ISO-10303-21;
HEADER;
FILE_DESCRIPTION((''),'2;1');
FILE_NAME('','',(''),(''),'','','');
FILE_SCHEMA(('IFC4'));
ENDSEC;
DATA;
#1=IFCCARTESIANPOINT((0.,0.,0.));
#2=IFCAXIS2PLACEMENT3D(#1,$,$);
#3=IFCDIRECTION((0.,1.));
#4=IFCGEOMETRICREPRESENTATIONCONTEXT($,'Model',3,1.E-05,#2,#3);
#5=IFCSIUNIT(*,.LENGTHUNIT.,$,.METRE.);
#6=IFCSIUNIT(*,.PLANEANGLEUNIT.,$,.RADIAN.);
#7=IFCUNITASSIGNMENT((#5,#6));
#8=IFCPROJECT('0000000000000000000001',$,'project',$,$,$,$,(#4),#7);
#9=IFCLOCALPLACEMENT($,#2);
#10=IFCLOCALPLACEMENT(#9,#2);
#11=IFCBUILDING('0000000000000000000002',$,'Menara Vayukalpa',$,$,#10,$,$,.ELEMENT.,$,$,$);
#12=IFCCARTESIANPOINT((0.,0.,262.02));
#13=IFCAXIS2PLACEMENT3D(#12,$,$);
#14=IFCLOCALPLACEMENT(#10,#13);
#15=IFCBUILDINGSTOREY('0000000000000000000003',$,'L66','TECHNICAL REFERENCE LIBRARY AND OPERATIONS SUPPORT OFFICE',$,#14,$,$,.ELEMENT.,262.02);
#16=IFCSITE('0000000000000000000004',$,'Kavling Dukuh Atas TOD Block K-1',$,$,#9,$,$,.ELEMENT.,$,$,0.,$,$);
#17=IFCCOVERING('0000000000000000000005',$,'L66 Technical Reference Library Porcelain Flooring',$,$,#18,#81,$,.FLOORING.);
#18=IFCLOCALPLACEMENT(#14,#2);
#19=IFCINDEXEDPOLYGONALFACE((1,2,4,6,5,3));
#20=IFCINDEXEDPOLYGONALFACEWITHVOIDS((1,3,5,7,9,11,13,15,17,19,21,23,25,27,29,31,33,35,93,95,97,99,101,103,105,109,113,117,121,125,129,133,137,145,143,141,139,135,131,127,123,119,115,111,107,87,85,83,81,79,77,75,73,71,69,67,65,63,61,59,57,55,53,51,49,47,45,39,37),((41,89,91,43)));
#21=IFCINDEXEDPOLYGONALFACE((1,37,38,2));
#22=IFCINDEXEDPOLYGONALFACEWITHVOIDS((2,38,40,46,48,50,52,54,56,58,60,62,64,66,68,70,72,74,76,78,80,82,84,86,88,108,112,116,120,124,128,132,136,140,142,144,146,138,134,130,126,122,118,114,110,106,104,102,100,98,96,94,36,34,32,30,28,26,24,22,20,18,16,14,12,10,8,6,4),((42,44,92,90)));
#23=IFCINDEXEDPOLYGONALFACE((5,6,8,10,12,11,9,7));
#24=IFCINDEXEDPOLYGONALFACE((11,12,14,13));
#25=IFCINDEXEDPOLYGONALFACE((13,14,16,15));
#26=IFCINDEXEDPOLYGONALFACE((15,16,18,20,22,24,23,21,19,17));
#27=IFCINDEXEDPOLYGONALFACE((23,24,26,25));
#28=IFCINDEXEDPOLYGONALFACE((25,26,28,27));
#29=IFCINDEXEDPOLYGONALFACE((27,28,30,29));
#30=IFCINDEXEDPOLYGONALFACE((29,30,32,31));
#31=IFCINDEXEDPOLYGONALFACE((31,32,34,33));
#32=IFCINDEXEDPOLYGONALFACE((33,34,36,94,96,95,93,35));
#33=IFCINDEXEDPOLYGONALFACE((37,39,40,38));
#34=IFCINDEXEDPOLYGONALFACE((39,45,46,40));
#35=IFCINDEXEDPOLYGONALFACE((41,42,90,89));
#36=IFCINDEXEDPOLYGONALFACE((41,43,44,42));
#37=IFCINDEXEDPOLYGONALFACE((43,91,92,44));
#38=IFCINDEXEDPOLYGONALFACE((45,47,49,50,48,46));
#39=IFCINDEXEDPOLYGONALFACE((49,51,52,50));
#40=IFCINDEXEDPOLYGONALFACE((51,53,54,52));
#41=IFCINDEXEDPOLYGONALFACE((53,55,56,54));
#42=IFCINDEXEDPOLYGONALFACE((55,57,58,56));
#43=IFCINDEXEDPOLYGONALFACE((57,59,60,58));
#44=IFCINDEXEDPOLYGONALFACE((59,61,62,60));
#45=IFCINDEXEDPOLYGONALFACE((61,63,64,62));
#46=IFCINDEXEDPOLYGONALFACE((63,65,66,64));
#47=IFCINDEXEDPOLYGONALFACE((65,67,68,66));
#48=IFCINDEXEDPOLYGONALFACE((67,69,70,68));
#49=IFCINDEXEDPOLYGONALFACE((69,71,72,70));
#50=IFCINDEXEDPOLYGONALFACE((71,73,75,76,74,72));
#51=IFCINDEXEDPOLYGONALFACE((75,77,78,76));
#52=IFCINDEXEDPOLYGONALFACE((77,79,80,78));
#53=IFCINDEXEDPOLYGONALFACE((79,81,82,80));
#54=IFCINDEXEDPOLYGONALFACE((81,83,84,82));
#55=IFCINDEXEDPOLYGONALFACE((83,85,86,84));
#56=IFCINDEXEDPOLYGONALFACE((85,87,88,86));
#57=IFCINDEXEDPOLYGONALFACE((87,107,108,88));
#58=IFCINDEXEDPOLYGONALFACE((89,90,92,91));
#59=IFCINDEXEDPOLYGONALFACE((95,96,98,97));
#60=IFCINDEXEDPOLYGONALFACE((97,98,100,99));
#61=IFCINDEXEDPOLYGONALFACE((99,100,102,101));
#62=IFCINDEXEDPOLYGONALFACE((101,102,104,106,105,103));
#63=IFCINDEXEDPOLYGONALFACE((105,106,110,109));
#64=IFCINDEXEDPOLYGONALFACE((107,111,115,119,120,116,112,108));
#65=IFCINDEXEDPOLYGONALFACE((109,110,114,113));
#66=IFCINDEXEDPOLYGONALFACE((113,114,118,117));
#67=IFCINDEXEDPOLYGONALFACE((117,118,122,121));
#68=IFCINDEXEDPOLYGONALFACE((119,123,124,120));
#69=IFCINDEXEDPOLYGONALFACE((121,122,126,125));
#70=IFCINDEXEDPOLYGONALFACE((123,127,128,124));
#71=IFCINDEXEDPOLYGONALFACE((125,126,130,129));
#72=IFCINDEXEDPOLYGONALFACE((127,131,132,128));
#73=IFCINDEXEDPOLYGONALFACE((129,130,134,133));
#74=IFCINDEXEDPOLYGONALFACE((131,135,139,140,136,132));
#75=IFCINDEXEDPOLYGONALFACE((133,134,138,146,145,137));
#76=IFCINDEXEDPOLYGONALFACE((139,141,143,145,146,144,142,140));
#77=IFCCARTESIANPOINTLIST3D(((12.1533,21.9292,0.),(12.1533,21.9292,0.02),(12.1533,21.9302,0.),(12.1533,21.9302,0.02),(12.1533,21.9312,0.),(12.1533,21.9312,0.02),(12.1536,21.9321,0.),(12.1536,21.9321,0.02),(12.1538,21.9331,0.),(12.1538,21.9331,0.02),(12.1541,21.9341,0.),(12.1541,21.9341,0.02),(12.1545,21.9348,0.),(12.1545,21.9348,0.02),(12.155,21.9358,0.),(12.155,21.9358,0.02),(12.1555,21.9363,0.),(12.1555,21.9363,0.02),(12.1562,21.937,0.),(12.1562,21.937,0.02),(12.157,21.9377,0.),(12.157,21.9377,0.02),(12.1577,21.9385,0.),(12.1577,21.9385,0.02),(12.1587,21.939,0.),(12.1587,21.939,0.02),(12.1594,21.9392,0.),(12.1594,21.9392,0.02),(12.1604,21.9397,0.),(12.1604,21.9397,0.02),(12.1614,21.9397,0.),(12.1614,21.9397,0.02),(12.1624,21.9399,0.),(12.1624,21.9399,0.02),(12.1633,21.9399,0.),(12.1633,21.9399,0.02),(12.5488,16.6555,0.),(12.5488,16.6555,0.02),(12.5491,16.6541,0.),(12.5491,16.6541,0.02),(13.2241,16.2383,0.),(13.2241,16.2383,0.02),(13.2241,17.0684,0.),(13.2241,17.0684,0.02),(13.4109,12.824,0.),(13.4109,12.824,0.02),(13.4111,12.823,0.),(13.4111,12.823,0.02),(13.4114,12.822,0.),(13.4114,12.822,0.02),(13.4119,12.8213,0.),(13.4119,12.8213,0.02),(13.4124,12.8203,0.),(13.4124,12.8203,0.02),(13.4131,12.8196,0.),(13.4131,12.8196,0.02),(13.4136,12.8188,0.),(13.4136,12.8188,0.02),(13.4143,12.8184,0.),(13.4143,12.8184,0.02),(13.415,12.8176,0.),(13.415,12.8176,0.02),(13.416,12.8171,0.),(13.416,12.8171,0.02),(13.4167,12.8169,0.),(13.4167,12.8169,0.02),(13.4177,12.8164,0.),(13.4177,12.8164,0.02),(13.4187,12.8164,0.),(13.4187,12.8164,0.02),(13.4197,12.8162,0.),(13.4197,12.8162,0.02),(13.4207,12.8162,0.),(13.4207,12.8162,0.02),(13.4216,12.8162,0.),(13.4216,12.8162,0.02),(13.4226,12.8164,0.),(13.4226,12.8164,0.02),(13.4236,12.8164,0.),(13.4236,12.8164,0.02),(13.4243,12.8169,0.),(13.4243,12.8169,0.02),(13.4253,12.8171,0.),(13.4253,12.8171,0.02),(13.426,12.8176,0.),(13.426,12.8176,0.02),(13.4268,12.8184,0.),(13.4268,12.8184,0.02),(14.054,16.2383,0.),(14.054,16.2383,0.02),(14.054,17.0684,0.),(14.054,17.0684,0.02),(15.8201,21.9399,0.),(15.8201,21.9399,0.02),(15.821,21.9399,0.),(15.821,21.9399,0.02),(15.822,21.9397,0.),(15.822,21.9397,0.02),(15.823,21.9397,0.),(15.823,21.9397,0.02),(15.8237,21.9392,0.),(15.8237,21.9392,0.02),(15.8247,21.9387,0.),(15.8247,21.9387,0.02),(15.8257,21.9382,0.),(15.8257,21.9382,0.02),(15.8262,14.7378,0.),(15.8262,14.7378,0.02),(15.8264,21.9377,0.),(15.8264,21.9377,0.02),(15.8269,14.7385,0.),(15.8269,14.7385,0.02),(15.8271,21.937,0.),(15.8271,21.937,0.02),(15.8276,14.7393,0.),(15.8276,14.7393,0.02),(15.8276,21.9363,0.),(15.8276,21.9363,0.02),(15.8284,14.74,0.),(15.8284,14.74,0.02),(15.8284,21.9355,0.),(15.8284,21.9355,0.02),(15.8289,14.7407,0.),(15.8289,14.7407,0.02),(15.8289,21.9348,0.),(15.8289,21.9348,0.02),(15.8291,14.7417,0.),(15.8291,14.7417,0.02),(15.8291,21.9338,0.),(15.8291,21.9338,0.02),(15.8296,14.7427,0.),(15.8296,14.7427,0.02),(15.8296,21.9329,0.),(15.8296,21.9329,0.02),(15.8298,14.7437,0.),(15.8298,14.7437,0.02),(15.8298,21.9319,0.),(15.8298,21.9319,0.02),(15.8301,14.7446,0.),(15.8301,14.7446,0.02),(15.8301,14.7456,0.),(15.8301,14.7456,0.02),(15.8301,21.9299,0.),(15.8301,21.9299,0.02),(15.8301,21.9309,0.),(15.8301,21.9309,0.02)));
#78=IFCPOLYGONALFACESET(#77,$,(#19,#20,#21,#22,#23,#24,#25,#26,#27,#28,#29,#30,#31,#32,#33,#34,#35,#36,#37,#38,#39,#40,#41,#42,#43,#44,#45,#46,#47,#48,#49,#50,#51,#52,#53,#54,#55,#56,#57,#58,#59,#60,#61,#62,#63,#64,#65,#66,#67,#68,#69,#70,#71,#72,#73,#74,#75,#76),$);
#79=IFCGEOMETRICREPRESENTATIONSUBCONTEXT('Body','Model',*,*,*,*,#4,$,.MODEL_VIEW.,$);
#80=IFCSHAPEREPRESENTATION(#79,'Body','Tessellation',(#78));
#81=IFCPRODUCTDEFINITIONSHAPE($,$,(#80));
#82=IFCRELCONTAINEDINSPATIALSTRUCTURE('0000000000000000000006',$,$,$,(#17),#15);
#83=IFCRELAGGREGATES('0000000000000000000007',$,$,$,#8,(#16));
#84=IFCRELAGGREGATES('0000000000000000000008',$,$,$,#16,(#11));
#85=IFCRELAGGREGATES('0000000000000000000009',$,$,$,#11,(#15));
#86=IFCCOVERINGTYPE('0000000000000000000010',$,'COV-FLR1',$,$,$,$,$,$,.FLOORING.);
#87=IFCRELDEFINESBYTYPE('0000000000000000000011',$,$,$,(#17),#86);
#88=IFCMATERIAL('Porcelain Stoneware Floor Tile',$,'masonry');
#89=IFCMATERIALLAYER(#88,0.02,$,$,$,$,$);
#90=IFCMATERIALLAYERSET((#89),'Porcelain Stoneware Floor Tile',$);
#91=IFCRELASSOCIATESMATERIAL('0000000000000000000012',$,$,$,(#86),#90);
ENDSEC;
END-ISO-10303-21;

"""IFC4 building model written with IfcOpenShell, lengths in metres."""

from ifc_helpers import new_model, si_unit, direction, frame, origin, place, context, subcontext, project, spatial, polyline, outline, extrude, material, layer, layer_set, type_object, element, save


model = new_model("IFC4")

# Units and contexts
model_context = context("Model", 3, precision=1e-05, world=origin(), true_north=direction((0.0, 1.0)))
body_context = subcontext(model_context, "Body", "Model", "MODEL_VIEW")
ifc_project = project(units=[si_unit("LENGTHUNIT", "METRE"), si_unit("PLANEANGLEUNIT", "RADIAN")], contexts=[model_context])

# Site, building, storey
site_placement = place(None, origin())
site = spatial("IfcSite", under=ifc_project, at=site_placement, Name="Kavling Dukuh Atas TOD Block K-1", CompositionType="ELEMENT", RefElevation=0.0)
building_placement = place(site_placement, origin())
building = spatial("IfcBuilding", under=site, at=building_placement, Name="Menara Vayukalpa", CompositionType="ELEMENT")
storey_placement = place(building_placement, frame((0.0, 0.0, 262.02)))
storey = spatial("IfcBuildingStorey", under=building, at=storey_placement, Name="L66", Description="TECHNICAL REFERENCE LIBRARY AND OPERATIONS SUPPORT OFFICE", CompositionType="ELEMENT", Elevation=262.02)

# Covering
ifc_material_1 = material(Name="Porcelain Stoneware Floor Tile", Category="masonry")
ifc_layer_1 = layer(ifc_material_1, 0.02)
ifc_layer_set_1 = layer_set([ifc_layer_1], Name="Porcelain Stoneware Floor Tile")
covering_type_1 = type_object("IfcCoveringType", Name="COV-FLR1", PredefinedType="FLOORING", material=ifc_layer_set_1)
covering_1_placement = place(storey_placement, origin())
element("IfcCovering", 1, at=covering_1_placement, inside=storey, type_object=covering_type_1, Name="L66 Technical Reference Library Porcelain Flooring", PredefinedType="FLOORING", context=body_context, shape_type="SweptSolid", body=[
    extrude(outline(polyline([(12.1533, 21.9292), (12.1533, 21.9302), (12.1533, 21.9312), (12.1536, 21.9321), (12.1538, 21.9331), (12.1541, 21.9341), (12.1545, 21.9348), (12.155, 21.9358), (12.1555, 21.9363), (12.1562, 21.937), (12.157, 21.9377), (12.1577, 21.9385), (12.1587, 21.939), (12.1594, 21.9392), (12.1604, 21.9397), (12.1614, 21.9397), (12.1624, 21.9399), (12.1633, 21.9399), (15.8201, 21.9399), (15.821, 21.9399), (15.822, 21.9397), (15.823, 21.9397), (15.8237, 21.9392), (15.8247, 21.9387), (15.8257, 21.9382), (15.8264, 21.9377), (15.8271, 21.937), (15.8276, 21.9363), (15.8284, 21.9355), (15.8289, 21.9348), (15.8291, 21.9338), (15.8296, 21.9329), (15.8298, 21.9319), (15.8301, 21.9309), (15.8301, 21.9299), (15.8301, 14.7456), (15.8301, 14.7446), (15.8298, 14.7437), (15.8296, 14.7427), (15.8291, 14.7417), (15.8289, 14.7407), (15.8284, 14.74), (15.8276, 14.7393), (15.8269, 14.7385), (15.8262, 14.7378), (13.4268, 12.8184), (13.426, 12.8176), (13.4253, 12.8171), (13.4243, 12.8169), (13.4236, 12.8164), (13.4226, 12.8164), (13.4216, 12.8162), (13.4207, 12.8162), (13.4197, 12.8162), (13.4187, 12.8164), (13.4177, 12.8164), (13.4167, 12.8169), (13.416, 12.8171), (13.415, 12.8176), (13.4143, 12.8184), (13.4136, 12.8188), (13.4131, 12.8196), (13.4124, 12.8203), (13.4119, 12.8213), (13.4114, 12.822), (13.4111, 12.823), (13.4109, 12.824), (12.5491, 16.6541), (12.5488, 16.6555), (12.1533, 21.9292)]), holes=[polyline([(14.054, 17.0684), (13.2241, 17.0684), (13.2241, 16.2383), (14.054, 16.2383), (14.054, 17.0684)])]), origin(), (0.0, 0.0, 1.0), 0.02),
])

save(model, "model.ifc")
